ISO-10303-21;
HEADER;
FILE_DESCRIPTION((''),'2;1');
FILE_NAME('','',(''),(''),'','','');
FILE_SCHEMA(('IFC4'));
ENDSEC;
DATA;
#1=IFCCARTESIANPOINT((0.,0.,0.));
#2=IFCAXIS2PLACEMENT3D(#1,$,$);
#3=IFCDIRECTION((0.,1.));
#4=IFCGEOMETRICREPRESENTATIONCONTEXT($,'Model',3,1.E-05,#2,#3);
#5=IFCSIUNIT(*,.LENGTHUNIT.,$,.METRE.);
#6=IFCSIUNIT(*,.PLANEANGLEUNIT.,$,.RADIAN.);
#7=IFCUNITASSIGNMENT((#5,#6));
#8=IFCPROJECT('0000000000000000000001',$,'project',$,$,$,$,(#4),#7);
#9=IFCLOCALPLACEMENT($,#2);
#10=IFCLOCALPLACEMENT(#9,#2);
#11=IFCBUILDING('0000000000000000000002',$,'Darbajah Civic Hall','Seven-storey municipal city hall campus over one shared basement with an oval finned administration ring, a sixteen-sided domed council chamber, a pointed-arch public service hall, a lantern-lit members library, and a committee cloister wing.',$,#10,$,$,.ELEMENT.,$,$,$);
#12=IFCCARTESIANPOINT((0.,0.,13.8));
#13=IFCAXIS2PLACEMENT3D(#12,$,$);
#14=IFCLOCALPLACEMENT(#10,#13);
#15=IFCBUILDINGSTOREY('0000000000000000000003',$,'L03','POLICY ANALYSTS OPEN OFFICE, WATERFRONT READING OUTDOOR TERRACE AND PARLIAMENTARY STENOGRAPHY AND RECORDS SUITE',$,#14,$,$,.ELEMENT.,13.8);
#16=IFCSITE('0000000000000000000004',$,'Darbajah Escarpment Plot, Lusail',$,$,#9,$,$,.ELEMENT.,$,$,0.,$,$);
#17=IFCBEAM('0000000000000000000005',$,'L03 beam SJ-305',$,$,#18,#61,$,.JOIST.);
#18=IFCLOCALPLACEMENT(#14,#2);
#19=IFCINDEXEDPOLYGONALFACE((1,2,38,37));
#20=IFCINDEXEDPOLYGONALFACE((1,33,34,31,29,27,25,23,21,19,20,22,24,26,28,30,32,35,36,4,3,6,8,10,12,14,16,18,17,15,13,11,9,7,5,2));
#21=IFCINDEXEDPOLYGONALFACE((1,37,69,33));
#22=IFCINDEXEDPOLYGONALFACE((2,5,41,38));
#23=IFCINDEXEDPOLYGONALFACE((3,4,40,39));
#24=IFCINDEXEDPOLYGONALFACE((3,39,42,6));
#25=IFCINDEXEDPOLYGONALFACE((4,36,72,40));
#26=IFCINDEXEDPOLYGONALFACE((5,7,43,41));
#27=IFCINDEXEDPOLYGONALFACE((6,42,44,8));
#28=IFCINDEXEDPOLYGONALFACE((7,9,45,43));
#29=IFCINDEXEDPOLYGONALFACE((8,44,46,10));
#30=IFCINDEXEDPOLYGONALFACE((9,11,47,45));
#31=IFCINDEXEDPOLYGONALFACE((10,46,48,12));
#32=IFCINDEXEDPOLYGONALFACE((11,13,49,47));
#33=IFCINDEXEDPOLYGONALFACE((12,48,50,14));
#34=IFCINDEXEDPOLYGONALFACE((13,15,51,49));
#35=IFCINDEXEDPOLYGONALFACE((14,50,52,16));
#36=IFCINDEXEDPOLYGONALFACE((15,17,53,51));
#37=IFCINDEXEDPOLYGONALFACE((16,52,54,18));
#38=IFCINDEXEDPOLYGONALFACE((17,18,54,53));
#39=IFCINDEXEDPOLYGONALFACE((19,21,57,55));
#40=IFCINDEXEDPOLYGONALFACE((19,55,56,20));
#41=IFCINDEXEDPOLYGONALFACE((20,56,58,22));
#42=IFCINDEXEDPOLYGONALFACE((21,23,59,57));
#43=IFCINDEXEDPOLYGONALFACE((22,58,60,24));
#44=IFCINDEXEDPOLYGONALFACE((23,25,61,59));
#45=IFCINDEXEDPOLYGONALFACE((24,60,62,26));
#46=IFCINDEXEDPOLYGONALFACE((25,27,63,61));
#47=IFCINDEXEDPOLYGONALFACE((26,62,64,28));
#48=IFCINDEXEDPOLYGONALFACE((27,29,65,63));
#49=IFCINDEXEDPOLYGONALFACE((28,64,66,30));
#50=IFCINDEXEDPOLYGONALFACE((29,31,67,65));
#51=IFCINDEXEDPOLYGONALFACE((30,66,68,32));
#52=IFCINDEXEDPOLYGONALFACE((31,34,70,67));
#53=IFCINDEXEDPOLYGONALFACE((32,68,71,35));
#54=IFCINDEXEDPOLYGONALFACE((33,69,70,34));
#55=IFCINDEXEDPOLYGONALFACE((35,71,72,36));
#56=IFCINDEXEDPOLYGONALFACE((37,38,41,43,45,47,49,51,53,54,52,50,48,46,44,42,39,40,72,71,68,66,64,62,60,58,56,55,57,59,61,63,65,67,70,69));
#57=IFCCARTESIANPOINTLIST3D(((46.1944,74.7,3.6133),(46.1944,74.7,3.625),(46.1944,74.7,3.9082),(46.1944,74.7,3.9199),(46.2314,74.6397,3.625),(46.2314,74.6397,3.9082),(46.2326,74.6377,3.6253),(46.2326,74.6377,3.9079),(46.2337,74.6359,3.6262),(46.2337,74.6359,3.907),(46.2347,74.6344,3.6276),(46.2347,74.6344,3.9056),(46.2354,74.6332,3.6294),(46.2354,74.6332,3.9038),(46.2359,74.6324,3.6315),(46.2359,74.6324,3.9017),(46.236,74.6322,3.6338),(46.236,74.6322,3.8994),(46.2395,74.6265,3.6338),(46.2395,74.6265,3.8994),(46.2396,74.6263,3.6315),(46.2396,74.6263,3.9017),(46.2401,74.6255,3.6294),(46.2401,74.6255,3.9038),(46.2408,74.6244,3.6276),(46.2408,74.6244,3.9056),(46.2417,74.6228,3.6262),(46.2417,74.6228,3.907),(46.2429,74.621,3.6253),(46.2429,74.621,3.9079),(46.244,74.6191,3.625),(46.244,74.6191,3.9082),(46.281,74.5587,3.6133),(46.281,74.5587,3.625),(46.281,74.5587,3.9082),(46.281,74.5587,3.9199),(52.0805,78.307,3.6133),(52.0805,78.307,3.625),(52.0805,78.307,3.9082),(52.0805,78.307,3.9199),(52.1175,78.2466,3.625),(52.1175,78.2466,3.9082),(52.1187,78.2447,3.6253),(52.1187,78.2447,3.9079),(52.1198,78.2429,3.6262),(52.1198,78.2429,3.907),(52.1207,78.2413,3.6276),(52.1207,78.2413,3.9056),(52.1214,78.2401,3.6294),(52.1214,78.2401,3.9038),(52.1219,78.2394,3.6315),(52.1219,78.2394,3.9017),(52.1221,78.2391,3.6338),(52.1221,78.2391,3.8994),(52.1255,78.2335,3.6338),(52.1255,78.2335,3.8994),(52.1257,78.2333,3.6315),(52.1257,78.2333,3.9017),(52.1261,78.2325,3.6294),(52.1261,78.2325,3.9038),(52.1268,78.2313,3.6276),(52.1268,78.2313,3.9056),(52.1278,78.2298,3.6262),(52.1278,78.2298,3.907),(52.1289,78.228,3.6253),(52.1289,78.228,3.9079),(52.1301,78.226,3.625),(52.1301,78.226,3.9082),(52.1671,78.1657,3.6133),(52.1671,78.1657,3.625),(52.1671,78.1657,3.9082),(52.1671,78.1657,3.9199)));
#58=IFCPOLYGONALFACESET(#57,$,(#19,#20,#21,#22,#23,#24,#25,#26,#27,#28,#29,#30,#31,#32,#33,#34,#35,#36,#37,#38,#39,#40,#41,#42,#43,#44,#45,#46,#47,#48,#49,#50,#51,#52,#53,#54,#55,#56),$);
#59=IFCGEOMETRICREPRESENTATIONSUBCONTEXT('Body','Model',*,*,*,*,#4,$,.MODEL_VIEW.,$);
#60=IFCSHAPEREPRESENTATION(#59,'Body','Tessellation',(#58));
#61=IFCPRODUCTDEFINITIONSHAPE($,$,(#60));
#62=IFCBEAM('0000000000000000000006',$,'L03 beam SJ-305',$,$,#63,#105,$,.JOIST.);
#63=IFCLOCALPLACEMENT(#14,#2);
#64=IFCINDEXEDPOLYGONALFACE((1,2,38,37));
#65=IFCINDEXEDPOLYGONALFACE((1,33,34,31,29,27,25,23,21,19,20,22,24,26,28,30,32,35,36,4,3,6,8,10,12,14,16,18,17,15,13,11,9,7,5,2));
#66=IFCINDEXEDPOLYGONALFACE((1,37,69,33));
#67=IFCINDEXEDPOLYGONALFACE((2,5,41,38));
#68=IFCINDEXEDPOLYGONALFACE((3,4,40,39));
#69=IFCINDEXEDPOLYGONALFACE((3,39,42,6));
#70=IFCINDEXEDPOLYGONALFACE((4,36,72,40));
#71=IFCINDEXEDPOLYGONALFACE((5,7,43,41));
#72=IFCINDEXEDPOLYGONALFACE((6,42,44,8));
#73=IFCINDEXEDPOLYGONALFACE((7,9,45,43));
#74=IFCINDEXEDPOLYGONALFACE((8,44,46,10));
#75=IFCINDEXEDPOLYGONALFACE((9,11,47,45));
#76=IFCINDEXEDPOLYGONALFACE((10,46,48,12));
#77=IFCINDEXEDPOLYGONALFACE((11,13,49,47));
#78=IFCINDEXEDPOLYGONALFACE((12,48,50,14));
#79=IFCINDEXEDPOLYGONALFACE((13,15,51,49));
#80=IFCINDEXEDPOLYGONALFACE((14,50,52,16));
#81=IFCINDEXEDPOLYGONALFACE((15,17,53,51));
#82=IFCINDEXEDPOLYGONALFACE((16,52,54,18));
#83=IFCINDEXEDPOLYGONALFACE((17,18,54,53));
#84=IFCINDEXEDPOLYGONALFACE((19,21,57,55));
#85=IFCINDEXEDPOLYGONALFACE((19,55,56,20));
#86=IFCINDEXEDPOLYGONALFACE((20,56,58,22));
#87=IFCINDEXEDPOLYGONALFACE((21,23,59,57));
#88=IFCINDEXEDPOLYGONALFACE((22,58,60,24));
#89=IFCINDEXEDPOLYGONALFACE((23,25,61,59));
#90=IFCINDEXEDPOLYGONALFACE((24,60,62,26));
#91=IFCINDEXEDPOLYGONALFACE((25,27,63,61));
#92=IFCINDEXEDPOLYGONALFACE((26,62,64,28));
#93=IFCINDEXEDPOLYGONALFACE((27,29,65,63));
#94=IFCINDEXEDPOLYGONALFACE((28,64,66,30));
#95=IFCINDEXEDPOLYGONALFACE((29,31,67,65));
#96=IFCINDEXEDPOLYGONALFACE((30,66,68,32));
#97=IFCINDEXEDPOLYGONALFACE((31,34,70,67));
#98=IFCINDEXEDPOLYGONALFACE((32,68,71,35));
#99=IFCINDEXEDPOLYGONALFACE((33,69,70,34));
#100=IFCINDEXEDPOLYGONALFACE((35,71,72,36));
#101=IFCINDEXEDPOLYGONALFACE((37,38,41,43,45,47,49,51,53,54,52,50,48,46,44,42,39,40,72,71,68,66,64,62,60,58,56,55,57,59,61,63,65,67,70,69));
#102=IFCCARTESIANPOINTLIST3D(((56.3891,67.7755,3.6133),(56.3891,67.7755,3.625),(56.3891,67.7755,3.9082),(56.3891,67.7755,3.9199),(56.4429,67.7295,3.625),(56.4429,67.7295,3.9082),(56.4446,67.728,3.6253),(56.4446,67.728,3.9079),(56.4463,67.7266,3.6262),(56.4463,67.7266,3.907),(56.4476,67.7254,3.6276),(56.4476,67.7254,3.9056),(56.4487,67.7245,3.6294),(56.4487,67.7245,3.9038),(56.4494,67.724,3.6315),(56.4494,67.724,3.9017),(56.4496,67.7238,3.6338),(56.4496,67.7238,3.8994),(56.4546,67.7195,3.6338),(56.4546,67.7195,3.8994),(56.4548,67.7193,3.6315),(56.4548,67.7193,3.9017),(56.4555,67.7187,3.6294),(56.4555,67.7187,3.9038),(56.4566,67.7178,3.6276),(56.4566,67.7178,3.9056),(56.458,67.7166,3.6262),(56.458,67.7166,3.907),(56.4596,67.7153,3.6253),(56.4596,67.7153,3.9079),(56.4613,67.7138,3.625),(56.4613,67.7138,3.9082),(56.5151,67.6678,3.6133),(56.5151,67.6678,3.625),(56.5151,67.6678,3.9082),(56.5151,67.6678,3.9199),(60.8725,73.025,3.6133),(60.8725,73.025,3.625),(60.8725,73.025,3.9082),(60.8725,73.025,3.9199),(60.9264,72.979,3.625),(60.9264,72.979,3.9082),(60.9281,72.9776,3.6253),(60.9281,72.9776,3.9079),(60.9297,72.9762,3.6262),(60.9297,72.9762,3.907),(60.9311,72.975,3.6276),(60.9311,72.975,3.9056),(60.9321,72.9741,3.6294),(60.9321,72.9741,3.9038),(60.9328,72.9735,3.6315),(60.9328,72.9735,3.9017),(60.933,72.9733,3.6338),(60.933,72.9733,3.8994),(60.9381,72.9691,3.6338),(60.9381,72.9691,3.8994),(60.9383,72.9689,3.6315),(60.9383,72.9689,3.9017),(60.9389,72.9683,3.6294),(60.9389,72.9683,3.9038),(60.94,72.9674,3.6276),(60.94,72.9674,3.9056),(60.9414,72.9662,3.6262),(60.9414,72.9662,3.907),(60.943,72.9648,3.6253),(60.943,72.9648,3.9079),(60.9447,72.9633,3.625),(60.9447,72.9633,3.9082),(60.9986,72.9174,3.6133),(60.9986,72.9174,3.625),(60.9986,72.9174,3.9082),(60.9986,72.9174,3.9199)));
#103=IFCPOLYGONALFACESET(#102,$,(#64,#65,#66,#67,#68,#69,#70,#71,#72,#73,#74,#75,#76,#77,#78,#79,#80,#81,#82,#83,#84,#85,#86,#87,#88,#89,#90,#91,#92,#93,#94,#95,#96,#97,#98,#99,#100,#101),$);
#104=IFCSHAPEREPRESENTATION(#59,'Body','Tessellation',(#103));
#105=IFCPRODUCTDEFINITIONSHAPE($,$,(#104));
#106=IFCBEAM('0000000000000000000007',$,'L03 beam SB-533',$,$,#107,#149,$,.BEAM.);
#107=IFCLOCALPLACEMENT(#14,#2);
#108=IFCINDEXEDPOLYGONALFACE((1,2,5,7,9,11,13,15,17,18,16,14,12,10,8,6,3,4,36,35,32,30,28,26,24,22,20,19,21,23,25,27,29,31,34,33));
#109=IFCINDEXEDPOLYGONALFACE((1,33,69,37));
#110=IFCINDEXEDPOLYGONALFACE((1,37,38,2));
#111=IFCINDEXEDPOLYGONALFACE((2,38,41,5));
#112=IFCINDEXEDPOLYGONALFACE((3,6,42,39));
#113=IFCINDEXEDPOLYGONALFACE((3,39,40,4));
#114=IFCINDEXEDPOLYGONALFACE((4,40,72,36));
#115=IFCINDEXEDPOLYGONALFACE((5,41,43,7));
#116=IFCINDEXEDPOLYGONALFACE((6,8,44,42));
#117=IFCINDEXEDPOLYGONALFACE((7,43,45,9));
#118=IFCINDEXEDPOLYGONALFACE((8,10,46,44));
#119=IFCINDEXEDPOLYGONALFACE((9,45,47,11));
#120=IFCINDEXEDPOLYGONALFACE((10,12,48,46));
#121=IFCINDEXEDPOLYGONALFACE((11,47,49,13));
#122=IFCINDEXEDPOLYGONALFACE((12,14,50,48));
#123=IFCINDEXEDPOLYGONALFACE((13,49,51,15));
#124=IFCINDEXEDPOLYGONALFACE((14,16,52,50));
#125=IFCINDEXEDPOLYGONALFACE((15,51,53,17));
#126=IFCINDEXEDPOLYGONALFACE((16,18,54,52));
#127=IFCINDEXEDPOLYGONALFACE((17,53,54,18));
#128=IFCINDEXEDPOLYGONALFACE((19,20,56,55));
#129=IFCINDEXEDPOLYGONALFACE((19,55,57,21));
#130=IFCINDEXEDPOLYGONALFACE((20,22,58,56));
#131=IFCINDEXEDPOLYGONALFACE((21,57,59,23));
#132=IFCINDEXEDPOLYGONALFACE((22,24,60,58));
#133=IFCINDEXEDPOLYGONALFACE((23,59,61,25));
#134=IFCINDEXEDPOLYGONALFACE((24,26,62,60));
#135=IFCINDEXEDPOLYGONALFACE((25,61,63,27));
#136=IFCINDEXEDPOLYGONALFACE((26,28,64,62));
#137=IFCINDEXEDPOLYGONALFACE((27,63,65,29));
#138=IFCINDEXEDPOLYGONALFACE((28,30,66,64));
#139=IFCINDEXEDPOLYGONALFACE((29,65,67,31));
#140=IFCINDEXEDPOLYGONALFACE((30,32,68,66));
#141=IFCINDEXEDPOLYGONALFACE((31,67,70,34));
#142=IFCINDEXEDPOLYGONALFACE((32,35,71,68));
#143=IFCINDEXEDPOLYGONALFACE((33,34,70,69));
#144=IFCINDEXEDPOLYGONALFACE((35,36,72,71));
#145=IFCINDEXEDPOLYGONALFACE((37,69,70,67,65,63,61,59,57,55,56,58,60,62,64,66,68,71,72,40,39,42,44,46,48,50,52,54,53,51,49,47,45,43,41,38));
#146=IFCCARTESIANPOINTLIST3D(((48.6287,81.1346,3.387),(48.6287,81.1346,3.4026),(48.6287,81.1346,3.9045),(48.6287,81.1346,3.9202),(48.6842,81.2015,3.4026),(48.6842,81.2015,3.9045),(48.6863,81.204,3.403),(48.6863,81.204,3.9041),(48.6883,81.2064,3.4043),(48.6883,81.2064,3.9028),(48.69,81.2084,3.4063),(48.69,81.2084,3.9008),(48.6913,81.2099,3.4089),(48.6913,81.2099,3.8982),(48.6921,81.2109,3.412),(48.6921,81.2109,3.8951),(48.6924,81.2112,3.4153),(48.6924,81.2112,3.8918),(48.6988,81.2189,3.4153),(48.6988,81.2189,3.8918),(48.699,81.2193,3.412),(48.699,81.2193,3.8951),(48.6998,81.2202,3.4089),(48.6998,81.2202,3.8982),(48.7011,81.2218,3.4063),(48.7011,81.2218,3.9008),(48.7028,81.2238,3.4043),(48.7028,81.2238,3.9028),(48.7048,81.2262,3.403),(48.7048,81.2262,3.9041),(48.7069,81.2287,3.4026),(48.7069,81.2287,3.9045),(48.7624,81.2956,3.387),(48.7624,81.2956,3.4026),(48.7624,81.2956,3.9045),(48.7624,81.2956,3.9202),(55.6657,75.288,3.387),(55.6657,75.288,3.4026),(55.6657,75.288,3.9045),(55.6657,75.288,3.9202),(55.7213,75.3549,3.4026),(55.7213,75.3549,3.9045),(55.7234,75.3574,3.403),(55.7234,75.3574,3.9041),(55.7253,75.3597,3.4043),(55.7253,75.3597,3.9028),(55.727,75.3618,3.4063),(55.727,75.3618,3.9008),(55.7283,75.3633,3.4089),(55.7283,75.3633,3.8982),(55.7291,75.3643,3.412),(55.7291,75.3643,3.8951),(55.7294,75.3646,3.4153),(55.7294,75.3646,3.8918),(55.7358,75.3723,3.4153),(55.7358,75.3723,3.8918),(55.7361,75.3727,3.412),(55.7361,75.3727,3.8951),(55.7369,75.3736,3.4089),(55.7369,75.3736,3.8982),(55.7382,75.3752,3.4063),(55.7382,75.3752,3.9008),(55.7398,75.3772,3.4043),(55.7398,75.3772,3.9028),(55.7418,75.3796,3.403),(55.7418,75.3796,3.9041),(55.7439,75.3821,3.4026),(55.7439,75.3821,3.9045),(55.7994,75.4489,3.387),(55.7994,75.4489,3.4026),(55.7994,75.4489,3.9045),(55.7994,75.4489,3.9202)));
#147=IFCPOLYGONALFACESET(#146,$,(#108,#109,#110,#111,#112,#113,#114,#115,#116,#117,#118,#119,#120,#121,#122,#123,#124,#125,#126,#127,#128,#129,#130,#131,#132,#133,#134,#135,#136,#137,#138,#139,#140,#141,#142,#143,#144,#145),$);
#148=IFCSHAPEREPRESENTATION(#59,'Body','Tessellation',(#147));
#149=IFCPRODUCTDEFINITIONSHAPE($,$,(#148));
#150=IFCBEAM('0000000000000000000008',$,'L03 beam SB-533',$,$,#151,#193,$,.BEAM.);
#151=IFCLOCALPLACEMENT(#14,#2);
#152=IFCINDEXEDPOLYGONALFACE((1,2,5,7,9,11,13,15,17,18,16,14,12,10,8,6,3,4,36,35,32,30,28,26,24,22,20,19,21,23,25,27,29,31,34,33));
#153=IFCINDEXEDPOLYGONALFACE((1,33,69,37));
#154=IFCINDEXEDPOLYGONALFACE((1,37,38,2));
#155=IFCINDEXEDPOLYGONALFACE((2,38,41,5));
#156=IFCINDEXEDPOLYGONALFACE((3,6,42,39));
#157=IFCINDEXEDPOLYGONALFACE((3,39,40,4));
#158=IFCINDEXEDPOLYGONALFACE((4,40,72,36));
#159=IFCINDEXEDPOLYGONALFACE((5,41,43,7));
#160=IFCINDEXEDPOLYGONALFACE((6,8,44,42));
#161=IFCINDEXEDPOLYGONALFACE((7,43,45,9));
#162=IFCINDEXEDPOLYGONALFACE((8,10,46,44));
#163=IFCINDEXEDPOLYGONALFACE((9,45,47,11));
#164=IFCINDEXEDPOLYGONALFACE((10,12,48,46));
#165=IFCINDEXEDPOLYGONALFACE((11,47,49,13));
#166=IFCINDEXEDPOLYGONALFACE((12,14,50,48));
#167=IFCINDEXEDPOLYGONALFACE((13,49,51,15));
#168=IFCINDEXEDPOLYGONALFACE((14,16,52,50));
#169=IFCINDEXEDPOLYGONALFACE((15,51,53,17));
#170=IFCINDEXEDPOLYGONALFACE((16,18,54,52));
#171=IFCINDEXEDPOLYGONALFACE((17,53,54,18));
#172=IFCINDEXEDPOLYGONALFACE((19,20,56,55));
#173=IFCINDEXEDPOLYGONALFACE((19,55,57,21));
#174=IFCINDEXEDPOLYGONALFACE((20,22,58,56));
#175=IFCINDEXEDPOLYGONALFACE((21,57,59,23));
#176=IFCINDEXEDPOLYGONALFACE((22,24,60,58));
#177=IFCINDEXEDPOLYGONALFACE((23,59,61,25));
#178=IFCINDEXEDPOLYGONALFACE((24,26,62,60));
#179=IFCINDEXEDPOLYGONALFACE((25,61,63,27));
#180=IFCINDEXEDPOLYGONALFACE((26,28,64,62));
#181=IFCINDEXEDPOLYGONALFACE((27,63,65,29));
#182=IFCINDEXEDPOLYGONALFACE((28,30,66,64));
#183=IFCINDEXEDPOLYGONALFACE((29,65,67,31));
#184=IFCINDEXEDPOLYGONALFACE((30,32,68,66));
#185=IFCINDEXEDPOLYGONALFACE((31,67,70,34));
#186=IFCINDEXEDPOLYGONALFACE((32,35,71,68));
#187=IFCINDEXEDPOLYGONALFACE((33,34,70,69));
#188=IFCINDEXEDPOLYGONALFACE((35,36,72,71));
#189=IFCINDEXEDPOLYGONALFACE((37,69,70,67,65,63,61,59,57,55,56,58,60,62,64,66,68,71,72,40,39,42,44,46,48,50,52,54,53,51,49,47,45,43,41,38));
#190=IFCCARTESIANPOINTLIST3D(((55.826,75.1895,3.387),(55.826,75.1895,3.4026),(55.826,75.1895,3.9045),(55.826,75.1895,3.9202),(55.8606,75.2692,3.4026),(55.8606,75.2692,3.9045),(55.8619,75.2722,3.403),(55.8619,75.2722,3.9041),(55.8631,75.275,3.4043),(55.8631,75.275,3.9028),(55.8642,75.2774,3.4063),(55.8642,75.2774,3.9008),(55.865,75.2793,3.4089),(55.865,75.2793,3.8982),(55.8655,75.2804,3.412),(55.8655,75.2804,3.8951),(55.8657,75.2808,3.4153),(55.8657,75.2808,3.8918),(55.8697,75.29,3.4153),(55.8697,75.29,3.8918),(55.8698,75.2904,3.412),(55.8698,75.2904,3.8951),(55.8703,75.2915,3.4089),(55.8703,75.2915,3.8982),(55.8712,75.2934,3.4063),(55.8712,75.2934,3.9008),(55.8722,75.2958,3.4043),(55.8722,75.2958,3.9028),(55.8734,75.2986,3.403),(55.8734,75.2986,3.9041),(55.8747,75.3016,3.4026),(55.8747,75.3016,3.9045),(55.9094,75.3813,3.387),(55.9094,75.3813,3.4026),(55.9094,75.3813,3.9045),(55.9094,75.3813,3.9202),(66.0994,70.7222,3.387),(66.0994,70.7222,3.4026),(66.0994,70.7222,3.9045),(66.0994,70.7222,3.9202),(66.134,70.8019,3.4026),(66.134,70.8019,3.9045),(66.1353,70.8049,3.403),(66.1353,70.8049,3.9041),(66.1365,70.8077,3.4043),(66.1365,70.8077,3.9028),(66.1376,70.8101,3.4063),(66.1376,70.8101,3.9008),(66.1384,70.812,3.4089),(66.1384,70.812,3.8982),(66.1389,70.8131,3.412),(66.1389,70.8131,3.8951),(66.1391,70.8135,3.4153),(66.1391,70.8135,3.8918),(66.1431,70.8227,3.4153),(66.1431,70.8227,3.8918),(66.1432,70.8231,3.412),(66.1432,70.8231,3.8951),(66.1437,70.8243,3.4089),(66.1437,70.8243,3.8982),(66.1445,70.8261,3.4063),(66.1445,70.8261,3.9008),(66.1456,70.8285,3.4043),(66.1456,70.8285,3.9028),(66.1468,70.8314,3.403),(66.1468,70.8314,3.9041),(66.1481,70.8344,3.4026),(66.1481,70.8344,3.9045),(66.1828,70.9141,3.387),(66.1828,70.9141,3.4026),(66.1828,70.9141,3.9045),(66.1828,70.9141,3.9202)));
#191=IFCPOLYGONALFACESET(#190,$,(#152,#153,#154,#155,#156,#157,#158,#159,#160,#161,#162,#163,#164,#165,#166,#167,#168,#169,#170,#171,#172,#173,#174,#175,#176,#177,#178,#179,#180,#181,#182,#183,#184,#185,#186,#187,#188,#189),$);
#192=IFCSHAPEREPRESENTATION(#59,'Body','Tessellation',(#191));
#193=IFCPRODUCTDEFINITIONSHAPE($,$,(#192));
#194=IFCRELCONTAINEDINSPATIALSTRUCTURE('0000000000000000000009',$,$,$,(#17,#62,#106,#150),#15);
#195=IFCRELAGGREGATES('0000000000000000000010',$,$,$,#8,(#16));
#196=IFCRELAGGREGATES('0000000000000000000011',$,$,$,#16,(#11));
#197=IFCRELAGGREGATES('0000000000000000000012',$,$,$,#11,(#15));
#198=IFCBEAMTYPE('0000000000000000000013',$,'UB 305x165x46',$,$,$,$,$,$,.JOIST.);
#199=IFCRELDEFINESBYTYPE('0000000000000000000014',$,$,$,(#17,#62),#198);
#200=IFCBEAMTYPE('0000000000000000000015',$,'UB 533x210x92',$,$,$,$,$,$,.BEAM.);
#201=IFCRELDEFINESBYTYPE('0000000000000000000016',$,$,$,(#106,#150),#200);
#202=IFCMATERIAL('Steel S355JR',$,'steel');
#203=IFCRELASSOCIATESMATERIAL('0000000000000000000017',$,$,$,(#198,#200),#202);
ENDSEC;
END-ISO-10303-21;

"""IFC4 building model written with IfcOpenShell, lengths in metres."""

from ifc_helpers import new_model, si_unit, direction, frame, origin, origin_2d, place, context, subcontext, project, spatial, i_section, extrude, material, material_profile, profile_set, type_object, element, save


model = new_model("IFC4")

# Units and contexts
model_context = context("Model", 3, precision=1e-05, world=origin(), true_north=direction((0.0, 1.0)))
body_context = subcontext(model_context, "Body", "Model", "MODEL_VIEW")
ifc_project = project(units=[si_unit("LENGTHUNIT", "METRE"), si_unit("PLANEANGLEUNIT", "RADIAN")], contexts=[model_context])

# Site, building, storey
site_placement = place(None, origin())
site = spatial("IfcSite", under=ifc_project, at=site_placement, Name="Darbajah Escarpment Plot, Lusail", CompositionType="ELEMENT", RefElevation=0.0)
building_placement = place(site_placement, origin())
building = spatial("IfcBuilding", under=site, at=building_placement, Name="Darbajah Civic Hall", Description="Seven-storey municipal city hall campus over one shared basement with an oval finned administration ring, a sixteen-sided domed council chamber, a pointed-arch public service hall, a lantern-lit members library, and a committee cloister wing.", CompositionType="ELEMENT")
storey_placement = place(building_placement, frame((0.0, 0.0, 13.8)))
storey = spatial("IfcBuildingStorey", under=building, at=storey_placement, Name="L03", Description="POLICY ANALYSTS OPEN OFFICE, WATERFRONT READING OUTDOOR TERRACE AND PARLIAMENTARY STENOGRAPHY AND RECORDS SUITE", CompositionType="ELEMENT", Elevation=13.8)

# Beams
ifc_material_1 = material(Name="Steel S355JR", Category="steel")
ifc_material_profile_1 = material_profile(ifc_material_1, i_section(OverallWidth=0.1658, OverallDepth=0.3066, WebThickness=0.0066, FlangeThickness=0.0117, FilletRadius=0.0088, at=origin_2d()), Name="UB 305x165x46")
ifc_profile_set_1 = profile_set([ifc_material_profile_1], Name="Steel S355JR")
beam_type_1 = type_object("IfcBeamType", Name="UB 305x165x46", PredefinedType="JOIST", material=ifc_profile_set_1)
for number, where, z_axis, x_axis, name in (
    (1, (52.1238, 78.2363, 3.7666), (-0.85264, -0.522498, 0.0), (0.522498, -0.85264, 0.0), "L03 beam SJ-305"),
):
    element("IfcBeam", number, at=place(storey_placement, frame(where, z_axis=z_axis, x_axis=x_axis)), inside=storey, type_object=beam_type_1, Name=name, PredefinedType="JOIST", context=body_context, shape_type="SweptSolid", body=[
        extrude(i_section(OverallWidth=0.1658, OverallDepth=0.3066, WebThickness=0.0066, FlangeThickness=0.0117, FilletRadius=0.0088, at=origin_2d()), origin(), (0.0, 0.0, 1.0), 6.9033),
    ])
beam_1_placement = place(storey_placement, frame((60.9355, 72.9712, 3.7666), z_axis=(-0.649439, -0.760414, 0.0), x_axis=(0.760414, -0.649439, 0.0)))
element("IfcBeam", 2, at=beam_1_placement, inside=storey, type_object=beam_type_1, Name="L03 beam SJ-305", PredefinedType="JOIST", context=body_context, shape_type="SweptSolid", body=[
    extrude(i_section(OverallWidth=0.1658, OverallDepth=0.3066, WebThickness=0.0066, FlangeThickness=0.0117, FilletRadius=0.0088, at=origin_2d()), origin(), (0.0, 0.0, 1.0), 6.9036),
])
ifc_material_profile_2 = material_profile(ifc_material_1, i_section(OverallWidth=0.2092, OverallDepth=0.5332, WebThickness=0.01, FlangeThickness=0.0156, FilletRadius=0.0127, at=origin_2d()), Name="UB 533x210x92")
ifc_profile_set_2 = profile_set([ifc_material_profile_2], Name="Steel S355JR")
beam_type_2 = type_object("IfcBeamType", Name="UB 533x210x92", PredefinedType="BEAM", material=ifc_profile_set_2)
beam_2_placement = place(storey_placement, frame((48.6956, 81.2151, 3.6536), z_axis=(0.769165, -0.63905, 0.0), x_axis=(0.63905, 0.769165, 0.0)))
element("IfcBeam", 3, at=beam_2_placement, inside=storey, type_object=beam_type_2, Name="L03 beam SB-533", PredefinedType="BEAM", context=body_context, shape_type="SweptSolid", body=[
    extrude(i_section(OverallWidth=0.2092, OverallDepth=0.5332, WebThickness=0.01, FlangeThickness=0.0156, FilletRadius=0.0127, at=origin_2d()), origin(), (0.0, 0.0, 1.0), 9.1489),
])
beam_3_placement = place(storey_placement, frame((55.8677, 75.2854, 3.6536), z_axis=(0.917051, -0.398769, 0.0), x_axis=(0.398769, 0.917051, 0.0)))
element("IfcBeam", 4, at=beam_3_placement, inside=storey, type_object=beam_type_2, Name="L03 beam SB-533", PredefinedType="BEAM", context=body_context, shape_type="SweptSolid", body=[
    extrude(i_section(OverallWidth=0.2092, OverallDepth=0.5332, WebThickness=0.01, FlangeThickness=0.0156, FilletRadius=0.0127, at=origin_2d()), origin(), (0.0, 0.0, 1.0), 11.2026),
])

save(model, "model.ifc")
